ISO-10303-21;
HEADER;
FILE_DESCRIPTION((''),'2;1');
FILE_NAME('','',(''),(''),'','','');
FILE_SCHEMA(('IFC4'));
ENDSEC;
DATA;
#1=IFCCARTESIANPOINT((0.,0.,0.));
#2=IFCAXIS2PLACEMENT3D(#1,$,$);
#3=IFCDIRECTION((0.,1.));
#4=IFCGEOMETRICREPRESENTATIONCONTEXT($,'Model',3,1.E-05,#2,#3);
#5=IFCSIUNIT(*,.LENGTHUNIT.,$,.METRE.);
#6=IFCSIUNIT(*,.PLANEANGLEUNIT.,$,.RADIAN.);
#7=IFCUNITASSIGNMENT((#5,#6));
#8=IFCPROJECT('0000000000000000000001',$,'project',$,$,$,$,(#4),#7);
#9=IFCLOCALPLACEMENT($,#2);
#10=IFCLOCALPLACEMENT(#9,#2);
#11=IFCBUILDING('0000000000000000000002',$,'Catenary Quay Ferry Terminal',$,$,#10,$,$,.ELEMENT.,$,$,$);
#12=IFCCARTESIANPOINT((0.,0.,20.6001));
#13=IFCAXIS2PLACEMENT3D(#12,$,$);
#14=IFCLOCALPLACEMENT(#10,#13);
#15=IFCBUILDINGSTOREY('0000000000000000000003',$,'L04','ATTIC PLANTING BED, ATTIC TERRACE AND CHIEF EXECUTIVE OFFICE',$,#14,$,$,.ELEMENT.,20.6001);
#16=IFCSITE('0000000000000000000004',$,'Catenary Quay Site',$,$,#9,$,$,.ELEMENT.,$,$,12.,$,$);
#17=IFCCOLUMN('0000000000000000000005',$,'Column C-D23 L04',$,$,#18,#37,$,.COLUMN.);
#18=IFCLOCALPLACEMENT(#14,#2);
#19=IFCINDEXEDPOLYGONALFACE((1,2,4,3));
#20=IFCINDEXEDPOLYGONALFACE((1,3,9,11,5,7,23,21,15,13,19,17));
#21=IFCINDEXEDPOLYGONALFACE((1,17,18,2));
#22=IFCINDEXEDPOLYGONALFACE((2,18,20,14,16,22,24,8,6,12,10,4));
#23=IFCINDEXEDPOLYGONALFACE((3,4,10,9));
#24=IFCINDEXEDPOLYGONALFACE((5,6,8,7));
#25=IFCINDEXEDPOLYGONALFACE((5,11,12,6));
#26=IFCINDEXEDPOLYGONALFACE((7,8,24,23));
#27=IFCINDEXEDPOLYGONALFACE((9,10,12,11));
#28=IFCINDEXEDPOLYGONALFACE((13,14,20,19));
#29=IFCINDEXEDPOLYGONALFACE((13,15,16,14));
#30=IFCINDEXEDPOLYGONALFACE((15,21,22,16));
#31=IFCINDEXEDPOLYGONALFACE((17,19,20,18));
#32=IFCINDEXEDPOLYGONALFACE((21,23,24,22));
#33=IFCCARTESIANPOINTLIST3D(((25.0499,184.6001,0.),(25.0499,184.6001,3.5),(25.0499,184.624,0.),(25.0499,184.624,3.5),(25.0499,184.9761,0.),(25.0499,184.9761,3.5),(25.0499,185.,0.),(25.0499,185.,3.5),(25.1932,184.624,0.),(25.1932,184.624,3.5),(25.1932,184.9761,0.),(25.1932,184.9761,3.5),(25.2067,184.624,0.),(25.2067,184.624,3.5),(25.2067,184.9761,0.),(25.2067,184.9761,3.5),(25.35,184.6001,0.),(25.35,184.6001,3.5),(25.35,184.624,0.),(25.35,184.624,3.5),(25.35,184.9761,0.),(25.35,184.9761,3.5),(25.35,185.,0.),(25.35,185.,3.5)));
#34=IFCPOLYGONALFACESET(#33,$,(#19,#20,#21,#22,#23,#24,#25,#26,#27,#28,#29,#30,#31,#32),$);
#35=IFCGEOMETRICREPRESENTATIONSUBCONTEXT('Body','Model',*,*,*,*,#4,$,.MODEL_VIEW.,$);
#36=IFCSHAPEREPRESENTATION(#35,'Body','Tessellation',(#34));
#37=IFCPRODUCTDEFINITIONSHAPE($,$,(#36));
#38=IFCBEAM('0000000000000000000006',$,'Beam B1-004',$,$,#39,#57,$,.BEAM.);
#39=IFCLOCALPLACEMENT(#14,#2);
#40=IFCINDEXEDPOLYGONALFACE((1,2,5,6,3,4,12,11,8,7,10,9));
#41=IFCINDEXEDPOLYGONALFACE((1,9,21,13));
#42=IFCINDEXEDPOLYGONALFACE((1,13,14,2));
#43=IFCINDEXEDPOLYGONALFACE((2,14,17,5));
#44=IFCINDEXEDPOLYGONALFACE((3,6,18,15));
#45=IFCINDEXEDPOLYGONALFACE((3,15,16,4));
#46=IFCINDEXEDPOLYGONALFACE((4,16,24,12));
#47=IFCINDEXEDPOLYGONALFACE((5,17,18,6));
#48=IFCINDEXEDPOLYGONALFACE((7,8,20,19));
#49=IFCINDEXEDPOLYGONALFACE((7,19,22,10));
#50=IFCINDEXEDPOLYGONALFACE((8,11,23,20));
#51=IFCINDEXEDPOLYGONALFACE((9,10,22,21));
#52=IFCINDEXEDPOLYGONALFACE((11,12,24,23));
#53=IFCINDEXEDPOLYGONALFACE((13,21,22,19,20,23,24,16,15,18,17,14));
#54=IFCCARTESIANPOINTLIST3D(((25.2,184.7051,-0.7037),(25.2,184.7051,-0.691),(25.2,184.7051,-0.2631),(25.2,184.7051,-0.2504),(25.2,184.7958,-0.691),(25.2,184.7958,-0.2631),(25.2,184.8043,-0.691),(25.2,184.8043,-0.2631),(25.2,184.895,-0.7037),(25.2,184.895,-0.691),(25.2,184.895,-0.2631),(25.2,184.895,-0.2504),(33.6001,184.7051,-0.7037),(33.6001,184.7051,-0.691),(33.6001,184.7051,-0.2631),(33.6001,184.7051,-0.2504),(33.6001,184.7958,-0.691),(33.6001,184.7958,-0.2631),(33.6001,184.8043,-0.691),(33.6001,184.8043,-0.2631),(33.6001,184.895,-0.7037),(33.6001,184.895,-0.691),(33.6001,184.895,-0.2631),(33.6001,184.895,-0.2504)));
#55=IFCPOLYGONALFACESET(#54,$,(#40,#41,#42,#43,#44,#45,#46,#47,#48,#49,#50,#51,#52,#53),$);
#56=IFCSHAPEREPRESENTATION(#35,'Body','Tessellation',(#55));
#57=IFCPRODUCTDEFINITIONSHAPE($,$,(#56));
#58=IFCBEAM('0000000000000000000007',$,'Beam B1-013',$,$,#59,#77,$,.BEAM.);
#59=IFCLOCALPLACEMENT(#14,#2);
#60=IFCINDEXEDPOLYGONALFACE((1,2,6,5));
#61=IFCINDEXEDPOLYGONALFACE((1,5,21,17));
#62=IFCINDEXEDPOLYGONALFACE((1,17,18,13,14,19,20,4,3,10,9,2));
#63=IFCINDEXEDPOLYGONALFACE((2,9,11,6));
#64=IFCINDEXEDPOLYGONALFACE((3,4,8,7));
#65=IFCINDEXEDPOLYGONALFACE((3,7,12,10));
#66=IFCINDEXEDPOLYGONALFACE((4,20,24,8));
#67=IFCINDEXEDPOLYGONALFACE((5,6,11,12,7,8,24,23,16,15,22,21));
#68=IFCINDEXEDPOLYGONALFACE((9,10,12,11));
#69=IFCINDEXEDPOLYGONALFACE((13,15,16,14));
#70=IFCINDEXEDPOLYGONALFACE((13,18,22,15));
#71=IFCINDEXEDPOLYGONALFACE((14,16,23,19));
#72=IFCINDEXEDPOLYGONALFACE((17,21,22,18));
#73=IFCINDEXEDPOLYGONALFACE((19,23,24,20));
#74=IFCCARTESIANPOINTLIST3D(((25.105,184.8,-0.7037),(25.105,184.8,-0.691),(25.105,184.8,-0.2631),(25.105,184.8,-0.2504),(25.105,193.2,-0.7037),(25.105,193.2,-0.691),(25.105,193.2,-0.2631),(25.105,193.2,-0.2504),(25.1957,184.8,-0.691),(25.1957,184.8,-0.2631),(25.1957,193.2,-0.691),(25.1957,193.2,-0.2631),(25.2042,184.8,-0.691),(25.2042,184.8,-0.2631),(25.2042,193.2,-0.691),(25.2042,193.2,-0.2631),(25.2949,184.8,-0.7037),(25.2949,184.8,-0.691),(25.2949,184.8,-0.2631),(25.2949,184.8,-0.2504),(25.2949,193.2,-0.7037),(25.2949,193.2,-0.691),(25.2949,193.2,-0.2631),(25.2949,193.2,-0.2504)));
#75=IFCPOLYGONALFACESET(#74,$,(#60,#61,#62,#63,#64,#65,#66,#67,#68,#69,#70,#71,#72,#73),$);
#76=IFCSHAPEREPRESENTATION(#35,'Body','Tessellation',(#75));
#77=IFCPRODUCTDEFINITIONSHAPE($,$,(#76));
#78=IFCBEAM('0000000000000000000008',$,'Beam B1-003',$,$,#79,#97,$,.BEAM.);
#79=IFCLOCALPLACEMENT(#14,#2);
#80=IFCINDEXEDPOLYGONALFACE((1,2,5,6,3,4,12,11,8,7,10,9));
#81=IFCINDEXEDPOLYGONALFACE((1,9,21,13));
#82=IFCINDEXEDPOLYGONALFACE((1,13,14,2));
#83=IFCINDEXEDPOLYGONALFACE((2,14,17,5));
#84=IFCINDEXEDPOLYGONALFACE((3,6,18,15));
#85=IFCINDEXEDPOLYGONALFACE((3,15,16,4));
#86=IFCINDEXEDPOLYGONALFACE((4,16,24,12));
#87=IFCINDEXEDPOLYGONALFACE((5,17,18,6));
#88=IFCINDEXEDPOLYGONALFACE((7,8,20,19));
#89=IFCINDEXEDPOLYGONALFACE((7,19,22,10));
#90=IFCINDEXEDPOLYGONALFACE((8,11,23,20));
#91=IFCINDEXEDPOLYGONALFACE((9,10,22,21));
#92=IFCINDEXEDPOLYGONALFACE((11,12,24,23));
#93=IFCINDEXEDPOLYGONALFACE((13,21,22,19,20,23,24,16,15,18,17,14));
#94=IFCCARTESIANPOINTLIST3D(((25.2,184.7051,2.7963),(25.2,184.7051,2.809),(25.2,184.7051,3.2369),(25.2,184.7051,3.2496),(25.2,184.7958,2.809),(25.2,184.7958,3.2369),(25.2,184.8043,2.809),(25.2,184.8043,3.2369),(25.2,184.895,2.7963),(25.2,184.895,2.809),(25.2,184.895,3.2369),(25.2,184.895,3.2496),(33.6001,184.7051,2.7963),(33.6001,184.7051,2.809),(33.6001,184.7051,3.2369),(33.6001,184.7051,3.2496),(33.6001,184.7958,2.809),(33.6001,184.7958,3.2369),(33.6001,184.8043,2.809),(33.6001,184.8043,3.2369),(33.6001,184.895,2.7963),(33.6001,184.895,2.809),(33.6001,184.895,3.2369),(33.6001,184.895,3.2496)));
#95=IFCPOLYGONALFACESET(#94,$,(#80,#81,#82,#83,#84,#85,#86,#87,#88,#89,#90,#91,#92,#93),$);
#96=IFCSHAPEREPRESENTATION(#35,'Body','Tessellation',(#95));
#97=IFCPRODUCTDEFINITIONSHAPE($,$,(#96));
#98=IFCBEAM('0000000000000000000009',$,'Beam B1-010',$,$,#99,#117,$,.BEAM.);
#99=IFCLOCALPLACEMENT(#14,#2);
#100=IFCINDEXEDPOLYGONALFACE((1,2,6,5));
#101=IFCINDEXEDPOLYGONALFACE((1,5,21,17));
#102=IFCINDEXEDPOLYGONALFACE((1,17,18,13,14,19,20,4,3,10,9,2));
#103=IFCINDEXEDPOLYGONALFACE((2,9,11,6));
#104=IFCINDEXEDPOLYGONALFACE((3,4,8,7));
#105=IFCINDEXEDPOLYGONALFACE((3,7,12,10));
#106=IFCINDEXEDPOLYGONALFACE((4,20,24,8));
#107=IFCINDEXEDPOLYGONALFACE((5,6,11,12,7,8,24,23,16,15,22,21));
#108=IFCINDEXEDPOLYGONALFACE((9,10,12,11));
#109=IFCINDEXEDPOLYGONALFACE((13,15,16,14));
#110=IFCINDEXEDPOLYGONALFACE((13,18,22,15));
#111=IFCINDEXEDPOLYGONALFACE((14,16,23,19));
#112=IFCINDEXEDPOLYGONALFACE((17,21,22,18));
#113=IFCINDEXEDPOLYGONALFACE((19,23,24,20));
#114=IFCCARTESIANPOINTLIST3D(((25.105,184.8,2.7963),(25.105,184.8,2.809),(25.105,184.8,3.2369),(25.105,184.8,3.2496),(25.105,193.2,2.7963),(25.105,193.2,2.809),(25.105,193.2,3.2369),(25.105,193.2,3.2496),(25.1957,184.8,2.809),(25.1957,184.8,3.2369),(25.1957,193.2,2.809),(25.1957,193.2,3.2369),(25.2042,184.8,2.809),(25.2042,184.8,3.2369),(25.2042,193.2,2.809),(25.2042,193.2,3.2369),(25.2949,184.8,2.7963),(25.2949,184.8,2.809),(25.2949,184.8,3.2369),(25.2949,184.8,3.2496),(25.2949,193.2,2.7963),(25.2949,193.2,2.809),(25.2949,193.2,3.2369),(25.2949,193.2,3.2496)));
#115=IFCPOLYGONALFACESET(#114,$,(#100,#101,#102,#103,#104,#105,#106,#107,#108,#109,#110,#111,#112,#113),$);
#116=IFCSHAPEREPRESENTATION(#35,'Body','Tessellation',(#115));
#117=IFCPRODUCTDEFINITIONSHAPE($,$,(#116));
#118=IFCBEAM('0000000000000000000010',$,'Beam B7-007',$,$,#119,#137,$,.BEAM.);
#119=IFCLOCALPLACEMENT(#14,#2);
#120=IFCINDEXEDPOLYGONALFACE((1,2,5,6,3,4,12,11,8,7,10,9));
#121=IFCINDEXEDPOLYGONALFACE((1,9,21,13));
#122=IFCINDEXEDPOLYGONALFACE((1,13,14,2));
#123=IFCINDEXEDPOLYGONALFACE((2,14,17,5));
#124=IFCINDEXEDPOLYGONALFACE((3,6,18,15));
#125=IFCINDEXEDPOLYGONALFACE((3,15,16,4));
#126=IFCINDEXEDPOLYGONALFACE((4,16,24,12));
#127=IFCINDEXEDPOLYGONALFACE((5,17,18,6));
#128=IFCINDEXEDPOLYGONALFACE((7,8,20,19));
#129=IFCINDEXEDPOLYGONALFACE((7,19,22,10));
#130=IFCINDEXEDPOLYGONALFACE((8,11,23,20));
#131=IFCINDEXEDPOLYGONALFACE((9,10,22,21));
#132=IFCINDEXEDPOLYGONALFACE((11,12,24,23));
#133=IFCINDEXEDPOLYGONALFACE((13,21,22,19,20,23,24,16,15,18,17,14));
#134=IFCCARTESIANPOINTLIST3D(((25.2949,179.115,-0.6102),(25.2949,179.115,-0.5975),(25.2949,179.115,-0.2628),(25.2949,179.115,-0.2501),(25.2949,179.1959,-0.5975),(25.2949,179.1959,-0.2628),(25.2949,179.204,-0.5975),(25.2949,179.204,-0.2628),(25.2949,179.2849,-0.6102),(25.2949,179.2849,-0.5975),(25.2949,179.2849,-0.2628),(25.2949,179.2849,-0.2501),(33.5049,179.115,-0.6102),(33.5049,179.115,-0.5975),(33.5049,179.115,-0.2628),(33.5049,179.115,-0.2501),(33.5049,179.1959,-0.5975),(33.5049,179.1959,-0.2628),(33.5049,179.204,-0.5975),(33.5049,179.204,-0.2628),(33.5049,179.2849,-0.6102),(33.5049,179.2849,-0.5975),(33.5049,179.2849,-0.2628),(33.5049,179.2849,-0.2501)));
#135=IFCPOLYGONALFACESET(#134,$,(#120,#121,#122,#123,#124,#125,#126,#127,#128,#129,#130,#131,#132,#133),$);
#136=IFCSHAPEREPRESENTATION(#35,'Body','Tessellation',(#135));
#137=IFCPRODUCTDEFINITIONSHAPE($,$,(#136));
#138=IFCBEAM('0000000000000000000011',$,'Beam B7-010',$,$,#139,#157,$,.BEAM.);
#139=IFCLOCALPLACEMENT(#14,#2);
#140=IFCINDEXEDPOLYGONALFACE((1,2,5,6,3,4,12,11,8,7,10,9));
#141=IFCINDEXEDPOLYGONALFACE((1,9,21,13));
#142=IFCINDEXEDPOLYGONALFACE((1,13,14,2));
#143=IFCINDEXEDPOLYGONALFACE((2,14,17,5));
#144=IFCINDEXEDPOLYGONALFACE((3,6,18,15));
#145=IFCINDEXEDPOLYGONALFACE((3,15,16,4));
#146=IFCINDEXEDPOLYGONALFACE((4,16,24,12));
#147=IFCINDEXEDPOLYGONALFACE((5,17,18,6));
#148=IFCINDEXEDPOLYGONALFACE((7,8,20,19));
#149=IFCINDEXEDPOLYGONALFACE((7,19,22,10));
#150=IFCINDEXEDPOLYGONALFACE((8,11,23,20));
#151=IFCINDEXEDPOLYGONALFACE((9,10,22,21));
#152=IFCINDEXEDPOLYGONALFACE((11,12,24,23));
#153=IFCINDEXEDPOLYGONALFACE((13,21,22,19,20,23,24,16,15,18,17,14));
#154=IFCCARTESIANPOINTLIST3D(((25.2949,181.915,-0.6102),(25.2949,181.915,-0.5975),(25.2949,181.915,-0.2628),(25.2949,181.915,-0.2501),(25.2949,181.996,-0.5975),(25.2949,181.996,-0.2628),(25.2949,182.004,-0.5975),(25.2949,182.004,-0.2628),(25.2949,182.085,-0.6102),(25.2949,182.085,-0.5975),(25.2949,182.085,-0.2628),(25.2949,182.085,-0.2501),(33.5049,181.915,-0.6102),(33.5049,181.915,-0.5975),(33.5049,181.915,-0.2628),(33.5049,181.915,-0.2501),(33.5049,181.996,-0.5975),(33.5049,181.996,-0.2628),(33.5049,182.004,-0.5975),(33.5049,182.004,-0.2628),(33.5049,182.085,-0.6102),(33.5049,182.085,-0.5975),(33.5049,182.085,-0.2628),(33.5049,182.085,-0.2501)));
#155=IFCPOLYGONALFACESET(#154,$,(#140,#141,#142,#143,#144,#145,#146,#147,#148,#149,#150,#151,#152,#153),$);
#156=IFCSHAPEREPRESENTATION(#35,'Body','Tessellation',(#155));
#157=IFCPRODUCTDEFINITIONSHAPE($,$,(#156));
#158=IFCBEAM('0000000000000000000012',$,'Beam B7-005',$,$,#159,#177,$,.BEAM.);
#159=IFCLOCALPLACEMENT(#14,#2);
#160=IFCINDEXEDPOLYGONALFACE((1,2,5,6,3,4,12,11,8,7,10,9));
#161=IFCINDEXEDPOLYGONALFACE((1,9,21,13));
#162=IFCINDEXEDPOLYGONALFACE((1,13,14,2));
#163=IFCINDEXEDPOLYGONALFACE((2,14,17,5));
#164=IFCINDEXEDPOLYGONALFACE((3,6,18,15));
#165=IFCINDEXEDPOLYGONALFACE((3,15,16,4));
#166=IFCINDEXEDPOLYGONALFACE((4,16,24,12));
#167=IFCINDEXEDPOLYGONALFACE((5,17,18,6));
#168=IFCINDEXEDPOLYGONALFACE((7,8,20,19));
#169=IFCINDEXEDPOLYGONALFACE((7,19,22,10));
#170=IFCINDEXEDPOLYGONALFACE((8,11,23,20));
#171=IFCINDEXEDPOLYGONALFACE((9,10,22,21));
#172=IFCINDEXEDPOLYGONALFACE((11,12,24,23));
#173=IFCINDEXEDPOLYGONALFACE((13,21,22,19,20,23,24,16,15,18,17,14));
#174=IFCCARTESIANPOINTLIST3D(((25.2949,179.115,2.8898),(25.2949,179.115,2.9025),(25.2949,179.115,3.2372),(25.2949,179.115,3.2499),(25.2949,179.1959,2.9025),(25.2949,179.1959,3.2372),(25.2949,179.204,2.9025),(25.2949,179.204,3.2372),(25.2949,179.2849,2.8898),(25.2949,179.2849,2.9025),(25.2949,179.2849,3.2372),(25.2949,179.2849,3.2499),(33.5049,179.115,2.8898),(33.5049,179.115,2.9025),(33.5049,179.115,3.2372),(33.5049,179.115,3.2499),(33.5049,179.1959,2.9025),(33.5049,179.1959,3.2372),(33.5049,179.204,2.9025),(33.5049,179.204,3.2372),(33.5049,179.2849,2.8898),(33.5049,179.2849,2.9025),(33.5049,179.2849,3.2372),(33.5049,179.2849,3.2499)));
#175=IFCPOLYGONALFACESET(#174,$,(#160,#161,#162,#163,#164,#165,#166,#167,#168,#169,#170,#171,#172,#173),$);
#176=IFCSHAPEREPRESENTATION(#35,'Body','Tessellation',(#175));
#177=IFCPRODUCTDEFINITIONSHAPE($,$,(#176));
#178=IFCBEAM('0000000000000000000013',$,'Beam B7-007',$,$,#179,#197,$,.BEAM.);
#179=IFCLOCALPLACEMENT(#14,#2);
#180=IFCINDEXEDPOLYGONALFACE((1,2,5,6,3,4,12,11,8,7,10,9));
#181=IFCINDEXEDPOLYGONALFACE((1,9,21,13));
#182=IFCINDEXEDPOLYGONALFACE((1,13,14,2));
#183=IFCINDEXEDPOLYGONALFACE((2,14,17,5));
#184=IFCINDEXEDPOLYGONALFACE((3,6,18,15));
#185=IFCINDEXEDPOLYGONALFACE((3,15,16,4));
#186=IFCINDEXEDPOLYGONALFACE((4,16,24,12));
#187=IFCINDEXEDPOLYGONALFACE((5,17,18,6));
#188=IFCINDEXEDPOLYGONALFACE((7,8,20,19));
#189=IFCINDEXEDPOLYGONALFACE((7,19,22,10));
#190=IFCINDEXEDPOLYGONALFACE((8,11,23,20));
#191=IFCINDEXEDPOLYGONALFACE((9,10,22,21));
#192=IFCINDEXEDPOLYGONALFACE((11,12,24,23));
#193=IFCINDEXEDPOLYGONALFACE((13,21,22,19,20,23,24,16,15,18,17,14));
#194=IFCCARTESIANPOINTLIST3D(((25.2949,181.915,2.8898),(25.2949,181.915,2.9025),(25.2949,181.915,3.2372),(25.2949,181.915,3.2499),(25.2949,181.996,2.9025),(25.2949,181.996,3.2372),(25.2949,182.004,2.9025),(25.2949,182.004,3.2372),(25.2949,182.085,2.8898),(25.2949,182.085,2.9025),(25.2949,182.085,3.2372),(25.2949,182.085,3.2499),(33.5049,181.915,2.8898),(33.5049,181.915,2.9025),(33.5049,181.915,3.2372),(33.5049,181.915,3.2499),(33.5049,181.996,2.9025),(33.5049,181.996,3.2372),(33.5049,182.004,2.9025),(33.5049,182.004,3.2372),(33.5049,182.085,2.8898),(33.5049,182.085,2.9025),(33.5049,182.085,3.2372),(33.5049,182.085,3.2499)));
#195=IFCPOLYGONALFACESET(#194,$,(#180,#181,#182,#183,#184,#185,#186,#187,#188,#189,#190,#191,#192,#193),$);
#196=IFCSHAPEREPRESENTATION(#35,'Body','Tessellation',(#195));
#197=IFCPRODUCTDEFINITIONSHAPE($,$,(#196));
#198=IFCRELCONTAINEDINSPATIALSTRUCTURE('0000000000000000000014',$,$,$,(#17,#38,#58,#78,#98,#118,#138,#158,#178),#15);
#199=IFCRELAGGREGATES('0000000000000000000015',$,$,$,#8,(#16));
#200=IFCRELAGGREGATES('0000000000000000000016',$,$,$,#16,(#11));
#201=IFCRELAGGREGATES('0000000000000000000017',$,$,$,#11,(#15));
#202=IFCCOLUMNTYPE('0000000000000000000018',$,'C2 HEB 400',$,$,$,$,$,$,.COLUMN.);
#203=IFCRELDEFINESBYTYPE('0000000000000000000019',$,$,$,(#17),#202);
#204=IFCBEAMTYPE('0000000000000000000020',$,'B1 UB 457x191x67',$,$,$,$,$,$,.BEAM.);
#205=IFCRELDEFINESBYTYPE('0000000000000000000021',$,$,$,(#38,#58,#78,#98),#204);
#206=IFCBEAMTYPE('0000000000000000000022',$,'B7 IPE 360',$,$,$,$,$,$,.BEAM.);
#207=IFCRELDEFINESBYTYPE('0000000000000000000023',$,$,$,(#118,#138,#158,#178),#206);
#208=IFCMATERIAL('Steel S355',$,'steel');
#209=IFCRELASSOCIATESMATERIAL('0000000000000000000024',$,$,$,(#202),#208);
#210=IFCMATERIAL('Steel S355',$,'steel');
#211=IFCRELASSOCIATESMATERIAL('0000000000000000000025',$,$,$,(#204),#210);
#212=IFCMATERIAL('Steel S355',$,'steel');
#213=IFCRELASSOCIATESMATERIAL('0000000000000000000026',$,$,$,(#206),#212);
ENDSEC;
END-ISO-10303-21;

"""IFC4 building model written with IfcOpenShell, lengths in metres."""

from ifc_helpers import new_model, si_unit, direction, frame, origin, origin_2d, place, context, subcontext, project, spatial, i_section, extrude, material, material_profile, profile_set, type_object, element, save


model = new_model("IFC4")

# Units and contexts
model_context = context("Model", 3, precision=1e-05, world=origin(), true_north=direction((0.0, 1.0)))
body_context = subcontext(model_context, "Body", "Model", "MODEL_VIEW")
ifc_project = project(units=[si_unit("LENGTHUNIT", "METRE"), si_unit("PLANEANGLEUNIT", "RADIAN")], contexts=[model_context])

# Site, building, storey
site_placement = place(None, origin())
site = spatial("IfcSite", under=ifc_project, at=site_placement, Name="Catenary Quay Site", CompositionType="ELEMENT", RefElevation=12.0)
building_placement = place(site_placement, origin())
building = spatial("IfcBuilding", under=site, at=building_placement, Name="Catenary Quay Ferry Terminal", CompositionType="ELEMENT")
storey_placement = place(building_placement, frame((0.0, 0.0, 20.6001)))
storey = spatial("IfcBuildingStorey", under=building, at=storey_placement, Name="L04", Description="ATTIC PLANTING BED, ATTIC TERRACE AND CHIEF EXECUTIVE OFFICE", CompositionType="ELEMENT", Elevation=20.6001)

# Column
ifc_material_1 = material(Name="Steel S355", Category="steel")
ifc_material_profile_1 = material_profile(ifc_material_1, i_section(OverallWidth=0.3, OverallDepth=0.3999, WebThickness=0.0134, FlangeThickness=0.0239, at=origin_2d()), Name="HEB 400")
ifc_profile_set_1 = profile_set([ifc_material_profile_1], Name="Steel S355")
column_type = type_object("IfcColumnType", Name="C2 HEB 400", PredefinedType="COLUMN", material=ifc_profile_set_1)
column_placement = place(storey_placement, frame((25.2, 184.8, 0.0), z_axis=(0.0, 0.0, 1.0), x_axis=(1.0, 0.0, 0.0)))
element("IfcColumn", 1, at=column_placement, inside=storey, type_object=column_type, Name="Column C-D23 L04", PredefinedType="COLUMN", context=body_context, shape_type="SweptSolid", body=[
    extrude(i_section(OverallWidth=0.3, OverallDepth=0.3999, WebThickness=0.0134, FlangeThickness=0.0239, at=origin_2d()), origin(), (0.0, 0.0, 1.0), 3.5),
])

# Beams
ifc_material_2 = material(Name="Steel S355", Category="steel")
ifc_material_profile_2 = material_profile(ifc_material_2, i_section(OverallWidth=0.1899, OverallDepth=0.4534, WebThickness=0.0085, FlangeThickness=0.0127, at=origin_2d()), Name="UB 457x191x67")
ifc_profile_set_2 = profile_set([ifc_material_profile_2], Name="Steel S355")
beam_type_1 = type_object("IfcBeamType", Name="B1 UB 457x191x67", PredefinedType="BEAM", material=ifc_profile_set_2)
beam_1_placement = place(storey_placement, frame((25.2, 184.8, -0.4771), z_axis=(1.0, 0.0, 0.0), x_axis=(0.0, 1.0, 0.0)))
element("IfcBeam", 2, at=beam_1_placement, inside=storey, type_object=beam_type_1, Name="Beam B1-004", PredefinedType="BEAM", context=body_context, shape_type="SweptSolid", body=[
    extrude(i_section(OverallWidth=0.1899, OverallDepth=0.4534, WebThickness=0.0085, FlangeThickness=0.0127, at=origin_2d()), origin(), (0.0, 0.0, 1.0), 8.4001),
])
beam_2_placement = place(storey_placement, frame((25.2, 184.8, -0.4771), z_axis=(0.0, 1.0, 0.0), x_axis=(-1.0, 0.0, 0.0)))
element("IfcBeam", 3, at=beam_2_placement, inside=storey, type_object=beam_type_1, Name="Beam B1-013", PredefinedType="BEAM", context=body_context, shape_type="SweptSolid", body=[
    extrude(i_section(OverallWidth=0.1899, OverallDepth=0.4534, WebThickness=0.0085, FlangeThickness=0.0127, at=origin_2d()), origin(), (0.0, 0.0, 1.0), 8.3999),
])
beam_3_placement = place(storey_placement, frame((25.2, 184.8, 3.0229), z_axis=(1.0, 0.0, 0.0), x_axis=(0.0, 1.0, 0.0)))
element("IfcBeam", 4, at=beam_3_placement, inside=storey, type_object=beam_type_1, Name="Beam B1-003", PredefinedType="BEAM", context=body_context, shape_type="SweptSolid", body=[
    extrude(i_section(OverallWidth=0.1899, OverallDepth=0.4534, WebThickness=0.0085, FlangeThickness=0.0127, at=origin_2d()), origin(), (0.0, 0.0, 1.0), 8.4001),
])
beam_4_placement = place(storey_placement, frame((25.2, 184.8, 3.0229), z_axis=(0.0, 1.0, 0.0), x_axis=(-1.0, 0.0, 0.0)))
element("IfcBeam", 5, at=beam_4_placement, inside=storey, type_object=beam_type_1, Name="Beam B1-010", PredefinedType="BEAM", context=body_context, shape_type="SweptSolid", body=[
    extrude(i_section(OverallWidth=0.1899, OverallDepth=0.4534, WebThickness=0.0085, FlangeThickness=0.0127, at=origin_2d()), origin(), (0.0, 0.0, 1.0), 8.3999),
])
ifc_material_3 = material(Name="Steel S355", Category="steel")
ifc_material_profile_3 = material_profile(ifc_material_3, i_section(OverallWidth=0.1699, OverallDepth=0.3601, WebThickness=0.0081, FlangeThickness=0.0127, at=origin_2d()), Name="IPE 360")
ifc_profile_set_3 = profile_set([ifc_material_profile_3], Name="Steel S355")
beam_type_2 = type_object("IfcBeamType", Name="B7 IPE 360", PredefinedType="BEAM", material=ifc_profile_set_3)
for number, where, z_axis, x_axis, name in (
    (6, (25.2949, 179.2, -0.4302), (1.0, 0.0, 0.0), (0.0, 1.0, 0.0), "Beam B7-007"),
    (7, (25.2949, 182.0, -0.4302), (1.0, 0.0, 0.0), (0.0, 1.0, 0.0), "Beam B7-010"),
    (8, (25.2949, 179.2, 3.0698), (1.0, 0.0, 0.0), (0.0, 1.0, 0.0), "Beam B7-005"),
    (9, (25.2949, 182.0, 3.0698), (1.0, 0.0, 0.0), (0.0, 1.0, 0.0), "Beam B7-007"),
):
    element("IfcBeam", number, at=place(storey_placement, frame(where, z_axis=z_axis, x_axis=x_axis)), inside=storey, type_object=beam_type_2, Name=name, PredefinedType="BEAM", context=body_context, shape_type="SweptSolid", body=[
        extrude(i_section(OverallWidth=0.1699, OverallDepth=0.3601, WebThickness=0.0081, FlangeThickness=0.0127, at=origin_2d()), origin(), (0.0, 0.0, 1.0), 8.21),
    ])

save(model, "model.ifc")
